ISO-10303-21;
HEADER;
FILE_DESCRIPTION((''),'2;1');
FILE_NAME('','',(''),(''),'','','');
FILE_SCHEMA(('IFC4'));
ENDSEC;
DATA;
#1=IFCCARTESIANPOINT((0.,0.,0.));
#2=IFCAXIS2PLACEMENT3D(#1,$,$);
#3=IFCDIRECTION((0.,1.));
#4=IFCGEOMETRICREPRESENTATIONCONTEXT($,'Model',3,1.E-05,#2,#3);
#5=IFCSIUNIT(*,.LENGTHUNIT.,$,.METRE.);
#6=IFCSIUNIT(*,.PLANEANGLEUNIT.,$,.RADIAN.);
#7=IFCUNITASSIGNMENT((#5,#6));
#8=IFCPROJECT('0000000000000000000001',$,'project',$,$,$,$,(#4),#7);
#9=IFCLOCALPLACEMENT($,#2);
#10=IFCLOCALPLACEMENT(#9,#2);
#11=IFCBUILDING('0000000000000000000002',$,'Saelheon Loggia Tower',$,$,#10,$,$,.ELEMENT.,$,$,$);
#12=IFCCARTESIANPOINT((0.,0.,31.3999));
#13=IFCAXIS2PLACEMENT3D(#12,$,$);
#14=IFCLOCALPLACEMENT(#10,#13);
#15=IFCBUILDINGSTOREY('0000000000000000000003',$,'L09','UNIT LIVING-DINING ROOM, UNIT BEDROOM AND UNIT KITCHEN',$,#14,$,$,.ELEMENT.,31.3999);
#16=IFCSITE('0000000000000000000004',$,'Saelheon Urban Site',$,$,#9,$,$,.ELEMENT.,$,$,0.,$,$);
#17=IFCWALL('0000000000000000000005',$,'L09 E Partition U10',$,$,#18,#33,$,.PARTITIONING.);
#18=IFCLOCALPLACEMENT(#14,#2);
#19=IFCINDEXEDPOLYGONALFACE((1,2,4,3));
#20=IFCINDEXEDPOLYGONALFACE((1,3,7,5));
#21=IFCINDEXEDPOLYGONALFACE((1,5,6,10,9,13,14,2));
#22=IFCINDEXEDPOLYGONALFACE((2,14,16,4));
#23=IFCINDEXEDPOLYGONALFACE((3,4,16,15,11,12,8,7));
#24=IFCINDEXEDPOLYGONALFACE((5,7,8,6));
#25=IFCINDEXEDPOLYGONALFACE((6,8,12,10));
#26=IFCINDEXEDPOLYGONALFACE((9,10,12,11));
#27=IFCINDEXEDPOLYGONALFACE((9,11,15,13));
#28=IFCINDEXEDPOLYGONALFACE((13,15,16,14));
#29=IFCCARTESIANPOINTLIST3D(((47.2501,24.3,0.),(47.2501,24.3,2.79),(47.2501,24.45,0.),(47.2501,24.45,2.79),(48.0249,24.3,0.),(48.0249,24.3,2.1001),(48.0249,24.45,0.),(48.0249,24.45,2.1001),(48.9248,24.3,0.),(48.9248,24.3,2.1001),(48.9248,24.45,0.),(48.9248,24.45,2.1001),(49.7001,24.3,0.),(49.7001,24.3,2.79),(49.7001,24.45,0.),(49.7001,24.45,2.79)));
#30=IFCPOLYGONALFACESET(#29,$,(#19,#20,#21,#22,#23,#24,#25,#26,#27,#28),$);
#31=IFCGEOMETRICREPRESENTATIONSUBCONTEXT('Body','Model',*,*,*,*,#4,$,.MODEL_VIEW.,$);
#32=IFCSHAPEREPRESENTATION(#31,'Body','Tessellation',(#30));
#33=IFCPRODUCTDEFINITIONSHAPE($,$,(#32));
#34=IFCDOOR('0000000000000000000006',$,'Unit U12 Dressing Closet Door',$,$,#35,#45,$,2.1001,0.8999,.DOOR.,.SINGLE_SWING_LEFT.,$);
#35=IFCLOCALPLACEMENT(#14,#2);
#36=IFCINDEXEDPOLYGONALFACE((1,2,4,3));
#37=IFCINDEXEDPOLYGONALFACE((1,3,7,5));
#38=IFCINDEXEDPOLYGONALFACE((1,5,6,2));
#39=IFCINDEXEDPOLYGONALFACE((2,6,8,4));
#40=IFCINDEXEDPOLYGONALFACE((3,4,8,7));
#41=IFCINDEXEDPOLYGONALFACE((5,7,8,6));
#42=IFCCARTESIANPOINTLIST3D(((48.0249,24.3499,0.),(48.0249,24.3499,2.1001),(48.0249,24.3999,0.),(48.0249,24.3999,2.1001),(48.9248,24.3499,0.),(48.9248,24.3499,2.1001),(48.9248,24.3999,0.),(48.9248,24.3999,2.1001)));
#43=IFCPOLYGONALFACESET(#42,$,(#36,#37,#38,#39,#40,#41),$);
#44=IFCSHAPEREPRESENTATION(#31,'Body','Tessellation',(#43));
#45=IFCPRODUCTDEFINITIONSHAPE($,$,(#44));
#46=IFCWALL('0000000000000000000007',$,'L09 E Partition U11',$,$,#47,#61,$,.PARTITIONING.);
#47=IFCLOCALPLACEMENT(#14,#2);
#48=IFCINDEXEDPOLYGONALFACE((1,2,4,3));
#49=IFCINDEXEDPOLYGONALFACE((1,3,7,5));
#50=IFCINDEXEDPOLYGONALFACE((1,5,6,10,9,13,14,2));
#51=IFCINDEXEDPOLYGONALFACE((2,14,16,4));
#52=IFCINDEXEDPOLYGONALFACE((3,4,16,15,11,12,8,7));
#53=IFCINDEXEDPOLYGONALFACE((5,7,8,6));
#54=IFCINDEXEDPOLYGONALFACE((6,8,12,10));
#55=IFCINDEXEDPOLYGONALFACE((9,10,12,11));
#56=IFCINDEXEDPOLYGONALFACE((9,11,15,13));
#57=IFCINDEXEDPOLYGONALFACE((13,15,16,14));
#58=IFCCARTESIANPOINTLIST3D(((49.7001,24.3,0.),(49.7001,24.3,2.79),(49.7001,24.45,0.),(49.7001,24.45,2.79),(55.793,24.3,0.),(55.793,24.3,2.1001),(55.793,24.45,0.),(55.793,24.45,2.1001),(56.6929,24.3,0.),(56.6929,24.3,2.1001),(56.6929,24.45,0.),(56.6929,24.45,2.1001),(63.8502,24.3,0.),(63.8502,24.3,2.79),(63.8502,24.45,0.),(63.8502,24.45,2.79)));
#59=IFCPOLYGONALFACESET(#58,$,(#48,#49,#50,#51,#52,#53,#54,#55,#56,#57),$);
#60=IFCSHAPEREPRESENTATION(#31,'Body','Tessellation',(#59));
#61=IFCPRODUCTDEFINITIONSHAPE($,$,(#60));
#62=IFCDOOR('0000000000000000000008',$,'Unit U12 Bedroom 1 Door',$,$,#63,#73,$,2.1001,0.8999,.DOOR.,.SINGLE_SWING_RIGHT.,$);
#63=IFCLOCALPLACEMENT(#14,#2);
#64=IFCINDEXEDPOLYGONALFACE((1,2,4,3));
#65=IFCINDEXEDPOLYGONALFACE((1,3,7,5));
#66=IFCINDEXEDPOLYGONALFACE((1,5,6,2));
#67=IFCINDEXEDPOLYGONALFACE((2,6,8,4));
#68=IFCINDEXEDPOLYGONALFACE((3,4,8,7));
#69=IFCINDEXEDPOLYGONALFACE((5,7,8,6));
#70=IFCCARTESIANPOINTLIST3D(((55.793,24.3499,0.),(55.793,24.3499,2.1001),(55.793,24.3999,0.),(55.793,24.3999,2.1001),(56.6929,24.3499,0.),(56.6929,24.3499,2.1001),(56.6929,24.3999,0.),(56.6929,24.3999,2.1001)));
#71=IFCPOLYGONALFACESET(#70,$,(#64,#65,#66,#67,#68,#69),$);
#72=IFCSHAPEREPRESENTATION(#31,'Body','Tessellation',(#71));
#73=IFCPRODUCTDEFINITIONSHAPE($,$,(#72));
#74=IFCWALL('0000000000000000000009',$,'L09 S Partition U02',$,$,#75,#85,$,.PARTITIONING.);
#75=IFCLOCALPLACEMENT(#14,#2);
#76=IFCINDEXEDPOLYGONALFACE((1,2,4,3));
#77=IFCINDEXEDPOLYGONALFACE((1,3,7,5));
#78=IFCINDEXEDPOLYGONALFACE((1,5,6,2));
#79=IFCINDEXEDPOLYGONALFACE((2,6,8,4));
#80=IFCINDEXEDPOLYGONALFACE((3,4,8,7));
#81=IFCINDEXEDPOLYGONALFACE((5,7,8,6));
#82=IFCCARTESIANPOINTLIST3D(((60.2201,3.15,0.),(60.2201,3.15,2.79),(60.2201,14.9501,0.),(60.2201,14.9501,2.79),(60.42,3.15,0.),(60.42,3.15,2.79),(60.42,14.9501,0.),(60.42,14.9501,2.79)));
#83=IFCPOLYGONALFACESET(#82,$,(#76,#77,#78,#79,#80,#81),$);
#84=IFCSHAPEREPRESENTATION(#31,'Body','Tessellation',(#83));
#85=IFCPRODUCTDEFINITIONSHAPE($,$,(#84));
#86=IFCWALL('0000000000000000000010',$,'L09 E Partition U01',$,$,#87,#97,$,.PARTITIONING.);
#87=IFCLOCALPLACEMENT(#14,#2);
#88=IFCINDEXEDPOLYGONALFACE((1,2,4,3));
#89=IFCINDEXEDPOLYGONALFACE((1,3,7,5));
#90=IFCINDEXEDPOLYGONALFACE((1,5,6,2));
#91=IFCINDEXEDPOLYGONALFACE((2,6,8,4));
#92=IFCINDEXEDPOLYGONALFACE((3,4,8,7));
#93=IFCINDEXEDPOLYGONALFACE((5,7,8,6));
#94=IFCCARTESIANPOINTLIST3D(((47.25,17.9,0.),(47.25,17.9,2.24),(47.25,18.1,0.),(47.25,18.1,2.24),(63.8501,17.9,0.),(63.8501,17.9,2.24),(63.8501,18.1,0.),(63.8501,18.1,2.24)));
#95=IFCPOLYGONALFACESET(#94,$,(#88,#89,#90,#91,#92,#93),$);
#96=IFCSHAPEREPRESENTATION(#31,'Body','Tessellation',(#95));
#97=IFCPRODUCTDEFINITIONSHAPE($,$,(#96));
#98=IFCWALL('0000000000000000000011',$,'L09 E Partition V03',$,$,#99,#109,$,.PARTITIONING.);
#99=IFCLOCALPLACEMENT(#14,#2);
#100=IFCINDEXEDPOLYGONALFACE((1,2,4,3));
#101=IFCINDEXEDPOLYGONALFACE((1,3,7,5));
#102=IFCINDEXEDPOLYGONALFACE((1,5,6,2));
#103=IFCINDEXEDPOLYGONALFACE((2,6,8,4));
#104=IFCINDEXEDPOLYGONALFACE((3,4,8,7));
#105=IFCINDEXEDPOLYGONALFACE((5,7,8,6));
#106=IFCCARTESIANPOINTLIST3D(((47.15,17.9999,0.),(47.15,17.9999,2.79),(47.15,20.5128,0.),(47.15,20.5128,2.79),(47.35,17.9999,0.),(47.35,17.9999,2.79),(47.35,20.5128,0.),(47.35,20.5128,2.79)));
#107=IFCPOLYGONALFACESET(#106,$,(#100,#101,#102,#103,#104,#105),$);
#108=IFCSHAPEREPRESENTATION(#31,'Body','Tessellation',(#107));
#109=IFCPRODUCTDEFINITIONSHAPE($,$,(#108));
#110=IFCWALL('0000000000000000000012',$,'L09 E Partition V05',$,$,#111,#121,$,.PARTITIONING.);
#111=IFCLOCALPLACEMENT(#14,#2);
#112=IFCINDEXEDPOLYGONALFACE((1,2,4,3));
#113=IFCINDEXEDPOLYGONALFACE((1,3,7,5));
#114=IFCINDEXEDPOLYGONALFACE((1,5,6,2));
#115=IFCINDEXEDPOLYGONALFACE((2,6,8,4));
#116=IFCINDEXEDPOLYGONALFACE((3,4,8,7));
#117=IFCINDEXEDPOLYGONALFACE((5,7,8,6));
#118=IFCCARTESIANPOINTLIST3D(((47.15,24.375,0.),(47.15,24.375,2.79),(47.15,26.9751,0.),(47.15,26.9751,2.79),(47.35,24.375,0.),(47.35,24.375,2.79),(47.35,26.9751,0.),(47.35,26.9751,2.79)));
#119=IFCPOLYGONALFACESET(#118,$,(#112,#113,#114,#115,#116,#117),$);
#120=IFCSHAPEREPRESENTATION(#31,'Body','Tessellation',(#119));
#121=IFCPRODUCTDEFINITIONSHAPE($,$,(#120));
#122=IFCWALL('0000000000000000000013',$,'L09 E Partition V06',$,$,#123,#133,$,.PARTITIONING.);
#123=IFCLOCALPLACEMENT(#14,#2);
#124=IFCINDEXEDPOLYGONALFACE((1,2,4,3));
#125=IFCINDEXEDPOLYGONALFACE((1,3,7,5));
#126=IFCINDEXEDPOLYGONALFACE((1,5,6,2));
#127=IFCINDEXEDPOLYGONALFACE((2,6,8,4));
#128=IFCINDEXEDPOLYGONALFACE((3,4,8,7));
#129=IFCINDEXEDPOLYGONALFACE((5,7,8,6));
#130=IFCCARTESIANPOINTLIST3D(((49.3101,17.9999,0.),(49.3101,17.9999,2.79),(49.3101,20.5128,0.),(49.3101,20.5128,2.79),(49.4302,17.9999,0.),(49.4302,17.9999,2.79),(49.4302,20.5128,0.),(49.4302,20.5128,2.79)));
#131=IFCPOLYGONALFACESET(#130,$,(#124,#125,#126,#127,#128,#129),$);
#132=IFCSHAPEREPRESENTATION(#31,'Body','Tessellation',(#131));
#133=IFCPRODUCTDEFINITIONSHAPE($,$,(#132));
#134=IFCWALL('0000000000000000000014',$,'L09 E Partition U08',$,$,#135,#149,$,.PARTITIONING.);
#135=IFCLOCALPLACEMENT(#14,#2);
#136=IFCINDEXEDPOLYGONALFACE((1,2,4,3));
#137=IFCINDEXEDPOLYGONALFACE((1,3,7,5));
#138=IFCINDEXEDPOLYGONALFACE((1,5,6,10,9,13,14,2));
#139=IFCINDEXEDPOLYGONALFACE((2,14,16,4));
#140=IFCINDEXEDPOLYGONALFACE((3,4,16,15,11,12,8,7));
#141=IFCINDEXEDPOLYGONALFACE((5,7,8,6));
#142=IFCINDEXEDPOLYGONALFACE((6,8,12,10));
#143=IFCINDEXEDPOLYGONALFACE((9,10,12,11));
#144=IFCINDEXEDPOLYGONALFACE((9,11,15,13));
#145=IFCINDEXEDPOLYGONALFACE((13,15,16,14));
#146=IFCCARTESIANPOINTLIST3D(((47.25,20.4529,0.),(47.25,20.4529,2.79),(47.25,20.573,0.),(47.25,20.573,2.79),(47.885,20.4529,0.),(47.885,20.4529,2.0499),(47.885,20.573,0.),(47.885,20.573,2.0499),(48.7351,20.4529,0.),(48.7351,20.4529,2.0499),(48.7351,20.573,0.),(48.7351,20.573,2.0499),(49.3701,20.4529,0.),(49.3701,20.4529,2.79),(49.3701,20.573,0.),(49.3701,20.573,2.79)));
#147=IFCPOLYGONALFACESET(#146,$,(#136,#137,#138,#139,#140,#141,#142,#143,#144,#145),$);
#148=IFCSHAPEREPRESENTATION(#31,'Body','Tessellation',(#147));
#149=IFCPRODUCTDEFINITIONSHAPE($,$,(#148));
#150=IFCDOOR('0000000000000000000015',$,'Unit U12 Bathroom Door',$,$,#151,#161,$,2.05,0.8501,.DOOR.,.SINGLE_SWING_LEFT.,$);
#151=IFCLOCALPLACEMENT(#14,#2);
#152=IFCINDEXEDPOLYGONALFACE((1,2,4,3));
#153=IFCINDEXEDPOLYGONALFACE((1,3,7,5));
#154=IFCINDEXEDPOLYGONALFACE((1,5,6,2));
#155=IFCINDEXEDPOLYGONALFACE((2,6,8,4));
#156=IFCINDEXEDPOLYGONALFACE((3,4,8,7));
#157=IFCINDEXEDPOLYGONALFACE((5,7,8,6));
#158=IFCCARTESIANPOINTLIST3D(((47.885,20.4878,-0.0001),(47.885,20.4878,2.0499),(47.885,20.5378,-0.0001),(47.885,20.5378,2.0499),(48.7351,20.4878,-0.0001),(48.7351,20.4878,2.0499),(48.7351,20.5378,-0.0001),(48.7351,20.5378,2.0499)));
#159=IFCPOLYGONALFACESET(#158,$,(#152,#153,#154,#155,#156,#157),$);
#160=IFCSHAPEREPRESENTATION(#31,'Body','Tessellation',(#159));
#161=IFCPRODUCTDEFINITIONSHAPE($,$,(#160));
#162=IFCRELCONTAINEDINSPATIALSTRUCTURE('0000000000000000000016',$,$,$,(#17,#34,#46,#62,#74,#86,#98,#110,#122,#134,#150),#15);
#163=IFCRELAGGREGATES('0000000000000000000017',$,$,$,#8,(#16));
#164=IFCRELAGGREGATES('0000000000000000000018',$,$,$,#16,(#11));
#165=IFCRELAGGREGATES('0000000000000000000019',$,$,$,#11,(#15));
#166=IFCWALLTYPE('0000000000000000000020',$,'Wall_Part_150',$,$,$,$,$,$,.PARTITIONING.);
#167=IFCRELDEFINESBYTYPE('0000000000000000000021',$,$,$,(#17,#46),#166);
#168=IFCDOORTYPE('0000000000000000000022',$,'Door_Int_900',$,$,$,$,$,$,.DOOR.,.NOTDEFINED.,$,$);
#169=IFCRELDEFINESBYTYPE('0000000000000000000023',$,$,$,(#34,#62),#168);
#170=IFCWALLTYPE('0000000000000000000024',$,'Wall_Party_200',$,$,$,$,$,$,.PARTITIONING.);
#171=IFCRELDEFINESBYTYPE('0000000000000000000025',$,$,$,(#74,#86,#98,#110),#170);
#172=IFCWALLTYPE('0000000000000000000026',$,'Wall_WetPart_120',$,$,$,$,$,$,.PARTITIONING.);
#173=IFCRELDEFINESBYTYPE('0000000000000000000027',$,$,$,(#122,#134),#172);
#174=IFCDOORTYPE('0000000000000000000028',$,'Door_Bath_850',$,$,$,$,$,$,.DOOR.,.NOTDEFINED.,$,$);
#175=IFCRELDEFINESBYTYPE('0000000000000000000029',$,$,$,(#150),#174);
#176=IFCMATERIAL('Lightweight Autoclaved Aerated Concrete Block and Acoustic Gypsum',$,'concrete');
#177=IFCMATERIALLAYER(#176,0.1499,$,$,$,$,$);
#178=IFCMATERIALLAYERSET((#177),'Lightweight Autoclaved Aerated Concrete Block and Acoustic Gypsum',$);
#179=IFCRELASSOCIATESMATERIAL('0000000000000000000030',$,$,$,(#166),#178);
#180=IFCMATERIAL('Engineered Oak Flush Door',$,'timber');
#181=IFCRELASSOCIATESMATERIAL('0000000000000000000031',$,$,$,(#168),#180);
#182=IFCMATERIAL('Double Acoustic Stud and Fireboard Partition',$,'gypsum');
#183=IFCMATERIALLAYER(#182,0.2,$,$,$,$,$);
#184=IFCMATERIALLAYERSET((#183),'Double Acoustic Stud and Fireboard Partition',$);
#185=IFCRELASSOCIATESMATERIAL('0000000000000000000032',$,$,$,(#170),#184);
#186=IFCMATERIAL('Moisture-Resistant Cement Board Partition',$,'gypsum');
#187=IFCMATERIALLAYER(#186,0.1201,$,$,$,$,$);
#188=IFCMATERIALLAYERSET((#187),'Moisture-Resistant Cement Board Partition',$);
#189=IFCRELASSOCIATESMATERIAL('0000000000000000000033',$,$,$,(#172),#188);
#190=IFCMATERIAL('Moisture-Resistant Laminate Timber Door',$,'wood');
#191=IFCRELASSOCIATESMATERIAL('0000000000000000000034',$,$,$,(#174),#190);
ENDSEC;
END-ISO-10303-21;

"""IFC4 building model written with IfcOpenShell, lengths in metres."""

from ifc_helpers import new_model, si_unit, direction, frame, frame_2d, origin, place, context, subcontext, project, spatial, rectangle, extrude, source, transform, mapped, material, layer, layer_set, type_object, element, fill, save


model = new_model("IFC4")

# Units and contexts
model_context = context("Model", 3, precision=1e-05, world=origin(), true_north=direction((0.0, 1.0)))
body_context = subcontext(model_context, "Body", "Model", "MODEL_VIEW")
ifc_project = project(units=[si_unit("LENGTHUNIT", "METRE"), si_unit("PLANEANGLEUNIT", "RADIAN")], contexts=[model_context])

# Site, building, storey
site_placement = place(None, origin())
site = spatial("IfcSite", under=ifc_project, at=site_placement, Name="Saelheon Urban Site", CompositionType="ELEMENT", RefElevation=0.0)
building_placement = place(site_placement, origin())
building = spatial("IfcBuilding", under=site, at=building_placement, Name="Saelheon Loggia Tower", CompositionType="ELEMENT")
storey_placement = place(building_placement, frame((0.0, 0.0, 31.3999)))
storey = spatial("IfcBuildingStorey", under=building, at=storey_placement, Name="L09", Description="UNIT LIVING-DINING ROOM, UNIT BEDROOM AND UNIT KITCHEN", CompositionType="ELEMENT", Elevation=31.3999)

# Shared definitions
ifc_material_1 = material(Name="Lightweight Autoclaved Aerated Concrete Block and Acoustic Gypsum", Category="concrete")
ifc_layer_1 = layer(ifc_material_1, 0.1499)
ifc_layer_set_1 = layer_set([ifc_layer_1], Name="Lightweight Autoclaved Aerated Concrete Block and Acoustic Gypsum")
wall_type_1 = type_object("IfcWallType", Name="Wall_Part_150", PredefinedType="PARTITIONING", material=ifc_layer_set_1)
ifc_material_2 = material(Name="Engineered Oak Flush Door", Category="timber")
door_type_1 = type_object("IfcDoorType", Name="Door_Int_900", OperationType="NOTDEFINED", PredefinedType="DOOR", material=ifc_material_2)
shared_shape_1 = source(origin(), body_context, "Body", "SweptSolid", [
    extrude(rectangle(XDim=0.8999, YDim=2.1001, at=frame_2d((0.45, 1.05))), frame((0.0, 0.0249, 0.0), z_axis=(0.0, -1.0, 0.0), x_axis=(1.0, 0.0, 0.0)), (0.0, 0.0, 1.0), 0.05),
])

# Walls, openings, doors
wall_1_placement = place(storey_placement, frame((47.25, 24.375, 0.0), z_axis=(0.0, 0.0, 1.0), x_axis=(1.0, 0.0, 0.0)))
wall_1 = element("IfcWall", 1, at=wall_1_placement, inside=storey, type_object=wall_type_1, Name="L09 E Partition U10", PredefinedType="PARTITIONING", context=body_context, shape_type="SweptSolid", body=[
    extrude(rectangle(XDim=2.45, YDim=0.1499, at=frame_2d((1.2251, 0.0))), origin(), (0.0, 0.0, 1.0), 2.79),
])
opening_1_placement = place(wall_1_placement, frame((0.7749, 0.0, 0.0)))
opening_1 = element("IfcOpeningElement", 2, at=opening_1_placement, cuts=wall_1, PredefinedType="OPENING", context=body_context, shape_type="SweptSolid", body=[
    extrude(rectangle(XDim=0.8999, YDim=2.1001, at=frame_2d((0.45, 1.05))), frame((0.0, 0.0869, 0.0), z_axis=(0.0, -1.0, 0.0), x_axis=(1.0, 0.0, 0.0)), (0.0, 0.0, 1.0), 0.1738),
])
door_1_placement = place(opening_1_placement, origin())
door_1 = element("IfcDoor", 3, at=door_1_placement, inside=storey, type_object=door_type_1, Name="Unit U12 Dressing Closet Door", OperationType="SINGLE_SWING_LEFT", OverallHeight=2.1001, OverallWidth=0.8999, PredefinedType="DOOR", context=body_context, shape_type="MappedRepresentation", body=[
    mapped(shared_shape_1, transform((0.0, 0.0, 0.0), scale=1.0)),
])
fill(opening_1, door_1)
wall_2_placement = place(storey_placement, frame((49.7, 24.375, 0.0), z_axis=(0.0, 0.0, 1.0), x_axis=(1.0, 0.0, 0.0)))
wall_2 = element("IfcWall", 4, at=wall_2_placement, inside=storey, type_object=wall_type_1, Name="L09 E Partition U11", PredefinedType="PARTITIONING", context=body_context, shape_type="SweptSolid", body=[
    extrude(rectangle(XDim=14.1501, YDim=0.1499, at=frame_2d((7.0752, 0.0))), origin(), (0.0, 0.0, 1.0), 2.79),
])
opening_2_placement = place(wall_2_placement, frame((6.093, 0.0, 0.0)))
opening_2 = element("IfcOpeningElement", 5, at=opening_2_placement, cuts=wall_2, PredefinedType="OPENING", context=body_context, shape_type="SweptSolid", body=[
    extrude(rectangle(XDim=0.8999, YDim=2.1001, at=frame_2d((0.45, 1.05))), frame((0.0, 0.0869, 0.0), z_axis=(0.0, -1.0, 0.0), x_axis=(1.0, 0.0, 0.0)), (0.0, 0.0, 1.0), 0.1738),
])
door_2_placement = place(opening_2_placement, origin())
door_2 = element("IfcDoor", 6, at=door_2_placement, inside=storey, type_object=door_type_1, Name="Unit U12 Bedroom 1 Door", OperationType="SINGLE_SWING_RIGHT", OverallHeight=2.1001, OverallWidth=0.8999, PredefinedType="DOOR", context=body_context, shape_type="MappedRepresentation", body=[
    mapped(shared_shape_1, transform((0.0, 0.0, 0.0), scale=1.0)),
])
fill(opening_2, door_2)

# Walls
ifc_material_3 = material(Name="Double Acoustic Stud and Fireboard Partition", Category="gypsum")
ifc_layer_2 = layer(ifc_material_3, 0.2)
ifc_layer_set_2 = layer_set([ifc_layer_2], Name="Double Acoustic Stud and Fireboard Partition")
wall_type_2 = type_object("IfcWallType", Name="Wall_Party_200", PredefinedType="PARTITIONING", material=ifc_layer_set_2)
wall_3_placement = place(storey_placement, frame((60.3201, 14.95, 0.0), z_axis=(0.0, 0.0, 1.0), x_axis=(0.0, -1.0, 0.0)))
element("IfcWall", 7, at=wall_3_placement, inside=storey, type_object=wall_type_2, Name="L09 S Partition U02", PredefinedType="PARTITIONING", context=body_context, shape_type="SweptSolid", body=[
    extrude(rectangle(XDim=11.8, YDim=0.2, at=frame_2d((5.8999, 0.0))), origin(), (0.0, 0.0, 1.0), 2.79),
])
wall_4_placement = place(storey_placement, frame((47.25, 18.0, 0.0), z_axis=(0.0, 0.0, 1.0), x_axis=(1.0, 0.0, 0.0)))
element("IfcWall", 8, at=wall_4_placement, inside=storey, type_object=wall_type_2, Name="L09 E Partition U01", PredefinedType="PARTITIONING", context=body_context, shape_type="SweptSolid", body=[
    extrude(rectangle(XDim=16.6001, YDim=0.2, at=frame_2d((8.3, 0.0))), origin(), (0.0, 0.0, 1.0), 2.24),
])
wall_5_placement = place(storey_placement, frame((47.25, 18.0, 0.0), z_axis=(0.0, 0.0, 1.0), x_axis=(0.0, 1.0, 0.0)))
element("IfcWall", 9, at=wall_5_placement, inside=storey, type_object=wall_type_2, Name="L09 E Partition V03", PredefinedType="PARTITIONING", context=body_context, shape_type="SweptSolid", body=[
    extrude(rectangle(XDim=2.5129, YDim=0.2, at=frame_2d((1.2563, 0.0))), origin(), (0.0, 0.0, 1.0), 2.79),
])

# Walls
wall_6_placement = place(storey_placement, frame((47.25, 24.375, 0.0), z_axis=(0.0, 0.0, 1.0), x_axis=(0.0, 1.0, 0.0)))
element("IfcWall", 10, at=wall_6_placement, inside=storey, type_object=wall_type_2, Name="L09 E Partition V05", PredefinedType="PARTITIONING", context=body_context, shape_type="SweptSolid", body=[
    extrude(rectangle(XDim=2.6001, YDim=0.2, at=frame_2d((1.3, 0.0))), origin(), (0.0, 0.0, 1.0), 2.79),
])
ifc_material_4 = material(Name="Moisture-Resistant Cement Board Partition", Category="gypsum")
ifc_layer_3 = layer(ifc_material_4, 0.1201)
ifc_layer_set_3 = layer_set([ifc_layer_3], Name="Moisture-Resistant Cement Board Partition")
wall_type_3 = type_object("IfcWallType", Name="Wall_WetPart_120", PredefinedType="PARTITIONING", material=ifc_layer_set_3)
wall_7_placement = place(storey_placement, frame((49.3701, 18.0, 0.0), z_axis=(0.0, 0.0, 1.0), x_axis=(0.0, 1.0, 0.0)))
element("IfcWall", 11, at=wall_7_placement, inside=storey, type_object=wall_type_3, Name="L09 E Partition V06", PredefinedType="PARTITIONING", context=body_context, shape_type="SweptSolid", body=[
    extrude(rectangle(XDim=2.5129, YDim=0.1201, at=frame_2d((1.2563, 0.0))), origin(), (0.0, 0.0, 1.0), 2.79),
])

# Wall, opening, door
wall_8_placement = place(storey_placement, frame((47.25, 20.5129, 0.0), z_axis=(0.0, 0.0, 1.0), x_axis=(1.0, 0.0, 0.0)))
wall_8 = element("IfcWall", 12, at=wall_8_placement, inside=storey, type_object=wall_type_3, Name="L09 E Partition U08", PredefinedType="PARTITIONING", context=body_context, shape_type="SweptSolid", body=[
    extrude(rectangle(XDim=2.1201, YDim=0.1201, at=frame_2d((1.0601, 0.0))), origin(), (0.0, 0.0, 1.0), 2.79),
])
opening_3_placement = place(wall_8_placement, frame((0.635, 0.0, 0.0)))
opening_3 = element("IfcOpeningElement", 13, at=opening_3_placement, cuts=wall_8, PredefinedType="OPENING", context=body_context, shape_type="SweptSolid", body=[
    extrude(rectangle(XDim=0.8501, YDim=2.05, at=frame_2d((0.425, 1.0249))), frame((0.0, 0.072, 0.0), z_axis=(0.0, -1.0, 0.0), x_axis=(1.0, 0.0, 0.0)), (0.0, 0.0, 1.0), 0.144),
])
ifc_material_5 = material(Name="Moisture-Resistant Laminate Timber Door", Category="wood")
door_type_2 = type_object("IfcDoorType", Name="Door_Bath_850", OperationType="NOTDEFINED", PredefinedType="DOOR", material=ifc_material_5)
shared_shape_2 = source(origin(), body_context, "Body", "SweptSolid", [
    extrude(rectangle(XDim=0.8501, YDim=2.05, at=frame_2d((0.425, 1.0249))), frame((0.0, 0.0249, 0.0), z_axis=(0.0, -1.0, 0.0), x_axis=(1.0, 0.0, 0.0)), (0.0, 0.0, 1.0), 0.05),
])
door_3_placement = place(opening_3_placement, origin())
door_3 = element("IfcDoor", 14, at=door_3_placement, inside=storey, type_object=door_type_2, Name="Unit U12 Bathroom Door", OperationType="SINGLE_SWING_LEFT", OverallHeight=2.05, OverallWidth=0.8501, PredefinedType="DOOR", context=body_context, shape_type="MappedRepresentation", body=[
    mapped(shared_shape_2, transform((0.0, 0.0, 0.0), scale=1.0)),
])
fill(opening_3, door_3)

save(model, "model.ifc")
